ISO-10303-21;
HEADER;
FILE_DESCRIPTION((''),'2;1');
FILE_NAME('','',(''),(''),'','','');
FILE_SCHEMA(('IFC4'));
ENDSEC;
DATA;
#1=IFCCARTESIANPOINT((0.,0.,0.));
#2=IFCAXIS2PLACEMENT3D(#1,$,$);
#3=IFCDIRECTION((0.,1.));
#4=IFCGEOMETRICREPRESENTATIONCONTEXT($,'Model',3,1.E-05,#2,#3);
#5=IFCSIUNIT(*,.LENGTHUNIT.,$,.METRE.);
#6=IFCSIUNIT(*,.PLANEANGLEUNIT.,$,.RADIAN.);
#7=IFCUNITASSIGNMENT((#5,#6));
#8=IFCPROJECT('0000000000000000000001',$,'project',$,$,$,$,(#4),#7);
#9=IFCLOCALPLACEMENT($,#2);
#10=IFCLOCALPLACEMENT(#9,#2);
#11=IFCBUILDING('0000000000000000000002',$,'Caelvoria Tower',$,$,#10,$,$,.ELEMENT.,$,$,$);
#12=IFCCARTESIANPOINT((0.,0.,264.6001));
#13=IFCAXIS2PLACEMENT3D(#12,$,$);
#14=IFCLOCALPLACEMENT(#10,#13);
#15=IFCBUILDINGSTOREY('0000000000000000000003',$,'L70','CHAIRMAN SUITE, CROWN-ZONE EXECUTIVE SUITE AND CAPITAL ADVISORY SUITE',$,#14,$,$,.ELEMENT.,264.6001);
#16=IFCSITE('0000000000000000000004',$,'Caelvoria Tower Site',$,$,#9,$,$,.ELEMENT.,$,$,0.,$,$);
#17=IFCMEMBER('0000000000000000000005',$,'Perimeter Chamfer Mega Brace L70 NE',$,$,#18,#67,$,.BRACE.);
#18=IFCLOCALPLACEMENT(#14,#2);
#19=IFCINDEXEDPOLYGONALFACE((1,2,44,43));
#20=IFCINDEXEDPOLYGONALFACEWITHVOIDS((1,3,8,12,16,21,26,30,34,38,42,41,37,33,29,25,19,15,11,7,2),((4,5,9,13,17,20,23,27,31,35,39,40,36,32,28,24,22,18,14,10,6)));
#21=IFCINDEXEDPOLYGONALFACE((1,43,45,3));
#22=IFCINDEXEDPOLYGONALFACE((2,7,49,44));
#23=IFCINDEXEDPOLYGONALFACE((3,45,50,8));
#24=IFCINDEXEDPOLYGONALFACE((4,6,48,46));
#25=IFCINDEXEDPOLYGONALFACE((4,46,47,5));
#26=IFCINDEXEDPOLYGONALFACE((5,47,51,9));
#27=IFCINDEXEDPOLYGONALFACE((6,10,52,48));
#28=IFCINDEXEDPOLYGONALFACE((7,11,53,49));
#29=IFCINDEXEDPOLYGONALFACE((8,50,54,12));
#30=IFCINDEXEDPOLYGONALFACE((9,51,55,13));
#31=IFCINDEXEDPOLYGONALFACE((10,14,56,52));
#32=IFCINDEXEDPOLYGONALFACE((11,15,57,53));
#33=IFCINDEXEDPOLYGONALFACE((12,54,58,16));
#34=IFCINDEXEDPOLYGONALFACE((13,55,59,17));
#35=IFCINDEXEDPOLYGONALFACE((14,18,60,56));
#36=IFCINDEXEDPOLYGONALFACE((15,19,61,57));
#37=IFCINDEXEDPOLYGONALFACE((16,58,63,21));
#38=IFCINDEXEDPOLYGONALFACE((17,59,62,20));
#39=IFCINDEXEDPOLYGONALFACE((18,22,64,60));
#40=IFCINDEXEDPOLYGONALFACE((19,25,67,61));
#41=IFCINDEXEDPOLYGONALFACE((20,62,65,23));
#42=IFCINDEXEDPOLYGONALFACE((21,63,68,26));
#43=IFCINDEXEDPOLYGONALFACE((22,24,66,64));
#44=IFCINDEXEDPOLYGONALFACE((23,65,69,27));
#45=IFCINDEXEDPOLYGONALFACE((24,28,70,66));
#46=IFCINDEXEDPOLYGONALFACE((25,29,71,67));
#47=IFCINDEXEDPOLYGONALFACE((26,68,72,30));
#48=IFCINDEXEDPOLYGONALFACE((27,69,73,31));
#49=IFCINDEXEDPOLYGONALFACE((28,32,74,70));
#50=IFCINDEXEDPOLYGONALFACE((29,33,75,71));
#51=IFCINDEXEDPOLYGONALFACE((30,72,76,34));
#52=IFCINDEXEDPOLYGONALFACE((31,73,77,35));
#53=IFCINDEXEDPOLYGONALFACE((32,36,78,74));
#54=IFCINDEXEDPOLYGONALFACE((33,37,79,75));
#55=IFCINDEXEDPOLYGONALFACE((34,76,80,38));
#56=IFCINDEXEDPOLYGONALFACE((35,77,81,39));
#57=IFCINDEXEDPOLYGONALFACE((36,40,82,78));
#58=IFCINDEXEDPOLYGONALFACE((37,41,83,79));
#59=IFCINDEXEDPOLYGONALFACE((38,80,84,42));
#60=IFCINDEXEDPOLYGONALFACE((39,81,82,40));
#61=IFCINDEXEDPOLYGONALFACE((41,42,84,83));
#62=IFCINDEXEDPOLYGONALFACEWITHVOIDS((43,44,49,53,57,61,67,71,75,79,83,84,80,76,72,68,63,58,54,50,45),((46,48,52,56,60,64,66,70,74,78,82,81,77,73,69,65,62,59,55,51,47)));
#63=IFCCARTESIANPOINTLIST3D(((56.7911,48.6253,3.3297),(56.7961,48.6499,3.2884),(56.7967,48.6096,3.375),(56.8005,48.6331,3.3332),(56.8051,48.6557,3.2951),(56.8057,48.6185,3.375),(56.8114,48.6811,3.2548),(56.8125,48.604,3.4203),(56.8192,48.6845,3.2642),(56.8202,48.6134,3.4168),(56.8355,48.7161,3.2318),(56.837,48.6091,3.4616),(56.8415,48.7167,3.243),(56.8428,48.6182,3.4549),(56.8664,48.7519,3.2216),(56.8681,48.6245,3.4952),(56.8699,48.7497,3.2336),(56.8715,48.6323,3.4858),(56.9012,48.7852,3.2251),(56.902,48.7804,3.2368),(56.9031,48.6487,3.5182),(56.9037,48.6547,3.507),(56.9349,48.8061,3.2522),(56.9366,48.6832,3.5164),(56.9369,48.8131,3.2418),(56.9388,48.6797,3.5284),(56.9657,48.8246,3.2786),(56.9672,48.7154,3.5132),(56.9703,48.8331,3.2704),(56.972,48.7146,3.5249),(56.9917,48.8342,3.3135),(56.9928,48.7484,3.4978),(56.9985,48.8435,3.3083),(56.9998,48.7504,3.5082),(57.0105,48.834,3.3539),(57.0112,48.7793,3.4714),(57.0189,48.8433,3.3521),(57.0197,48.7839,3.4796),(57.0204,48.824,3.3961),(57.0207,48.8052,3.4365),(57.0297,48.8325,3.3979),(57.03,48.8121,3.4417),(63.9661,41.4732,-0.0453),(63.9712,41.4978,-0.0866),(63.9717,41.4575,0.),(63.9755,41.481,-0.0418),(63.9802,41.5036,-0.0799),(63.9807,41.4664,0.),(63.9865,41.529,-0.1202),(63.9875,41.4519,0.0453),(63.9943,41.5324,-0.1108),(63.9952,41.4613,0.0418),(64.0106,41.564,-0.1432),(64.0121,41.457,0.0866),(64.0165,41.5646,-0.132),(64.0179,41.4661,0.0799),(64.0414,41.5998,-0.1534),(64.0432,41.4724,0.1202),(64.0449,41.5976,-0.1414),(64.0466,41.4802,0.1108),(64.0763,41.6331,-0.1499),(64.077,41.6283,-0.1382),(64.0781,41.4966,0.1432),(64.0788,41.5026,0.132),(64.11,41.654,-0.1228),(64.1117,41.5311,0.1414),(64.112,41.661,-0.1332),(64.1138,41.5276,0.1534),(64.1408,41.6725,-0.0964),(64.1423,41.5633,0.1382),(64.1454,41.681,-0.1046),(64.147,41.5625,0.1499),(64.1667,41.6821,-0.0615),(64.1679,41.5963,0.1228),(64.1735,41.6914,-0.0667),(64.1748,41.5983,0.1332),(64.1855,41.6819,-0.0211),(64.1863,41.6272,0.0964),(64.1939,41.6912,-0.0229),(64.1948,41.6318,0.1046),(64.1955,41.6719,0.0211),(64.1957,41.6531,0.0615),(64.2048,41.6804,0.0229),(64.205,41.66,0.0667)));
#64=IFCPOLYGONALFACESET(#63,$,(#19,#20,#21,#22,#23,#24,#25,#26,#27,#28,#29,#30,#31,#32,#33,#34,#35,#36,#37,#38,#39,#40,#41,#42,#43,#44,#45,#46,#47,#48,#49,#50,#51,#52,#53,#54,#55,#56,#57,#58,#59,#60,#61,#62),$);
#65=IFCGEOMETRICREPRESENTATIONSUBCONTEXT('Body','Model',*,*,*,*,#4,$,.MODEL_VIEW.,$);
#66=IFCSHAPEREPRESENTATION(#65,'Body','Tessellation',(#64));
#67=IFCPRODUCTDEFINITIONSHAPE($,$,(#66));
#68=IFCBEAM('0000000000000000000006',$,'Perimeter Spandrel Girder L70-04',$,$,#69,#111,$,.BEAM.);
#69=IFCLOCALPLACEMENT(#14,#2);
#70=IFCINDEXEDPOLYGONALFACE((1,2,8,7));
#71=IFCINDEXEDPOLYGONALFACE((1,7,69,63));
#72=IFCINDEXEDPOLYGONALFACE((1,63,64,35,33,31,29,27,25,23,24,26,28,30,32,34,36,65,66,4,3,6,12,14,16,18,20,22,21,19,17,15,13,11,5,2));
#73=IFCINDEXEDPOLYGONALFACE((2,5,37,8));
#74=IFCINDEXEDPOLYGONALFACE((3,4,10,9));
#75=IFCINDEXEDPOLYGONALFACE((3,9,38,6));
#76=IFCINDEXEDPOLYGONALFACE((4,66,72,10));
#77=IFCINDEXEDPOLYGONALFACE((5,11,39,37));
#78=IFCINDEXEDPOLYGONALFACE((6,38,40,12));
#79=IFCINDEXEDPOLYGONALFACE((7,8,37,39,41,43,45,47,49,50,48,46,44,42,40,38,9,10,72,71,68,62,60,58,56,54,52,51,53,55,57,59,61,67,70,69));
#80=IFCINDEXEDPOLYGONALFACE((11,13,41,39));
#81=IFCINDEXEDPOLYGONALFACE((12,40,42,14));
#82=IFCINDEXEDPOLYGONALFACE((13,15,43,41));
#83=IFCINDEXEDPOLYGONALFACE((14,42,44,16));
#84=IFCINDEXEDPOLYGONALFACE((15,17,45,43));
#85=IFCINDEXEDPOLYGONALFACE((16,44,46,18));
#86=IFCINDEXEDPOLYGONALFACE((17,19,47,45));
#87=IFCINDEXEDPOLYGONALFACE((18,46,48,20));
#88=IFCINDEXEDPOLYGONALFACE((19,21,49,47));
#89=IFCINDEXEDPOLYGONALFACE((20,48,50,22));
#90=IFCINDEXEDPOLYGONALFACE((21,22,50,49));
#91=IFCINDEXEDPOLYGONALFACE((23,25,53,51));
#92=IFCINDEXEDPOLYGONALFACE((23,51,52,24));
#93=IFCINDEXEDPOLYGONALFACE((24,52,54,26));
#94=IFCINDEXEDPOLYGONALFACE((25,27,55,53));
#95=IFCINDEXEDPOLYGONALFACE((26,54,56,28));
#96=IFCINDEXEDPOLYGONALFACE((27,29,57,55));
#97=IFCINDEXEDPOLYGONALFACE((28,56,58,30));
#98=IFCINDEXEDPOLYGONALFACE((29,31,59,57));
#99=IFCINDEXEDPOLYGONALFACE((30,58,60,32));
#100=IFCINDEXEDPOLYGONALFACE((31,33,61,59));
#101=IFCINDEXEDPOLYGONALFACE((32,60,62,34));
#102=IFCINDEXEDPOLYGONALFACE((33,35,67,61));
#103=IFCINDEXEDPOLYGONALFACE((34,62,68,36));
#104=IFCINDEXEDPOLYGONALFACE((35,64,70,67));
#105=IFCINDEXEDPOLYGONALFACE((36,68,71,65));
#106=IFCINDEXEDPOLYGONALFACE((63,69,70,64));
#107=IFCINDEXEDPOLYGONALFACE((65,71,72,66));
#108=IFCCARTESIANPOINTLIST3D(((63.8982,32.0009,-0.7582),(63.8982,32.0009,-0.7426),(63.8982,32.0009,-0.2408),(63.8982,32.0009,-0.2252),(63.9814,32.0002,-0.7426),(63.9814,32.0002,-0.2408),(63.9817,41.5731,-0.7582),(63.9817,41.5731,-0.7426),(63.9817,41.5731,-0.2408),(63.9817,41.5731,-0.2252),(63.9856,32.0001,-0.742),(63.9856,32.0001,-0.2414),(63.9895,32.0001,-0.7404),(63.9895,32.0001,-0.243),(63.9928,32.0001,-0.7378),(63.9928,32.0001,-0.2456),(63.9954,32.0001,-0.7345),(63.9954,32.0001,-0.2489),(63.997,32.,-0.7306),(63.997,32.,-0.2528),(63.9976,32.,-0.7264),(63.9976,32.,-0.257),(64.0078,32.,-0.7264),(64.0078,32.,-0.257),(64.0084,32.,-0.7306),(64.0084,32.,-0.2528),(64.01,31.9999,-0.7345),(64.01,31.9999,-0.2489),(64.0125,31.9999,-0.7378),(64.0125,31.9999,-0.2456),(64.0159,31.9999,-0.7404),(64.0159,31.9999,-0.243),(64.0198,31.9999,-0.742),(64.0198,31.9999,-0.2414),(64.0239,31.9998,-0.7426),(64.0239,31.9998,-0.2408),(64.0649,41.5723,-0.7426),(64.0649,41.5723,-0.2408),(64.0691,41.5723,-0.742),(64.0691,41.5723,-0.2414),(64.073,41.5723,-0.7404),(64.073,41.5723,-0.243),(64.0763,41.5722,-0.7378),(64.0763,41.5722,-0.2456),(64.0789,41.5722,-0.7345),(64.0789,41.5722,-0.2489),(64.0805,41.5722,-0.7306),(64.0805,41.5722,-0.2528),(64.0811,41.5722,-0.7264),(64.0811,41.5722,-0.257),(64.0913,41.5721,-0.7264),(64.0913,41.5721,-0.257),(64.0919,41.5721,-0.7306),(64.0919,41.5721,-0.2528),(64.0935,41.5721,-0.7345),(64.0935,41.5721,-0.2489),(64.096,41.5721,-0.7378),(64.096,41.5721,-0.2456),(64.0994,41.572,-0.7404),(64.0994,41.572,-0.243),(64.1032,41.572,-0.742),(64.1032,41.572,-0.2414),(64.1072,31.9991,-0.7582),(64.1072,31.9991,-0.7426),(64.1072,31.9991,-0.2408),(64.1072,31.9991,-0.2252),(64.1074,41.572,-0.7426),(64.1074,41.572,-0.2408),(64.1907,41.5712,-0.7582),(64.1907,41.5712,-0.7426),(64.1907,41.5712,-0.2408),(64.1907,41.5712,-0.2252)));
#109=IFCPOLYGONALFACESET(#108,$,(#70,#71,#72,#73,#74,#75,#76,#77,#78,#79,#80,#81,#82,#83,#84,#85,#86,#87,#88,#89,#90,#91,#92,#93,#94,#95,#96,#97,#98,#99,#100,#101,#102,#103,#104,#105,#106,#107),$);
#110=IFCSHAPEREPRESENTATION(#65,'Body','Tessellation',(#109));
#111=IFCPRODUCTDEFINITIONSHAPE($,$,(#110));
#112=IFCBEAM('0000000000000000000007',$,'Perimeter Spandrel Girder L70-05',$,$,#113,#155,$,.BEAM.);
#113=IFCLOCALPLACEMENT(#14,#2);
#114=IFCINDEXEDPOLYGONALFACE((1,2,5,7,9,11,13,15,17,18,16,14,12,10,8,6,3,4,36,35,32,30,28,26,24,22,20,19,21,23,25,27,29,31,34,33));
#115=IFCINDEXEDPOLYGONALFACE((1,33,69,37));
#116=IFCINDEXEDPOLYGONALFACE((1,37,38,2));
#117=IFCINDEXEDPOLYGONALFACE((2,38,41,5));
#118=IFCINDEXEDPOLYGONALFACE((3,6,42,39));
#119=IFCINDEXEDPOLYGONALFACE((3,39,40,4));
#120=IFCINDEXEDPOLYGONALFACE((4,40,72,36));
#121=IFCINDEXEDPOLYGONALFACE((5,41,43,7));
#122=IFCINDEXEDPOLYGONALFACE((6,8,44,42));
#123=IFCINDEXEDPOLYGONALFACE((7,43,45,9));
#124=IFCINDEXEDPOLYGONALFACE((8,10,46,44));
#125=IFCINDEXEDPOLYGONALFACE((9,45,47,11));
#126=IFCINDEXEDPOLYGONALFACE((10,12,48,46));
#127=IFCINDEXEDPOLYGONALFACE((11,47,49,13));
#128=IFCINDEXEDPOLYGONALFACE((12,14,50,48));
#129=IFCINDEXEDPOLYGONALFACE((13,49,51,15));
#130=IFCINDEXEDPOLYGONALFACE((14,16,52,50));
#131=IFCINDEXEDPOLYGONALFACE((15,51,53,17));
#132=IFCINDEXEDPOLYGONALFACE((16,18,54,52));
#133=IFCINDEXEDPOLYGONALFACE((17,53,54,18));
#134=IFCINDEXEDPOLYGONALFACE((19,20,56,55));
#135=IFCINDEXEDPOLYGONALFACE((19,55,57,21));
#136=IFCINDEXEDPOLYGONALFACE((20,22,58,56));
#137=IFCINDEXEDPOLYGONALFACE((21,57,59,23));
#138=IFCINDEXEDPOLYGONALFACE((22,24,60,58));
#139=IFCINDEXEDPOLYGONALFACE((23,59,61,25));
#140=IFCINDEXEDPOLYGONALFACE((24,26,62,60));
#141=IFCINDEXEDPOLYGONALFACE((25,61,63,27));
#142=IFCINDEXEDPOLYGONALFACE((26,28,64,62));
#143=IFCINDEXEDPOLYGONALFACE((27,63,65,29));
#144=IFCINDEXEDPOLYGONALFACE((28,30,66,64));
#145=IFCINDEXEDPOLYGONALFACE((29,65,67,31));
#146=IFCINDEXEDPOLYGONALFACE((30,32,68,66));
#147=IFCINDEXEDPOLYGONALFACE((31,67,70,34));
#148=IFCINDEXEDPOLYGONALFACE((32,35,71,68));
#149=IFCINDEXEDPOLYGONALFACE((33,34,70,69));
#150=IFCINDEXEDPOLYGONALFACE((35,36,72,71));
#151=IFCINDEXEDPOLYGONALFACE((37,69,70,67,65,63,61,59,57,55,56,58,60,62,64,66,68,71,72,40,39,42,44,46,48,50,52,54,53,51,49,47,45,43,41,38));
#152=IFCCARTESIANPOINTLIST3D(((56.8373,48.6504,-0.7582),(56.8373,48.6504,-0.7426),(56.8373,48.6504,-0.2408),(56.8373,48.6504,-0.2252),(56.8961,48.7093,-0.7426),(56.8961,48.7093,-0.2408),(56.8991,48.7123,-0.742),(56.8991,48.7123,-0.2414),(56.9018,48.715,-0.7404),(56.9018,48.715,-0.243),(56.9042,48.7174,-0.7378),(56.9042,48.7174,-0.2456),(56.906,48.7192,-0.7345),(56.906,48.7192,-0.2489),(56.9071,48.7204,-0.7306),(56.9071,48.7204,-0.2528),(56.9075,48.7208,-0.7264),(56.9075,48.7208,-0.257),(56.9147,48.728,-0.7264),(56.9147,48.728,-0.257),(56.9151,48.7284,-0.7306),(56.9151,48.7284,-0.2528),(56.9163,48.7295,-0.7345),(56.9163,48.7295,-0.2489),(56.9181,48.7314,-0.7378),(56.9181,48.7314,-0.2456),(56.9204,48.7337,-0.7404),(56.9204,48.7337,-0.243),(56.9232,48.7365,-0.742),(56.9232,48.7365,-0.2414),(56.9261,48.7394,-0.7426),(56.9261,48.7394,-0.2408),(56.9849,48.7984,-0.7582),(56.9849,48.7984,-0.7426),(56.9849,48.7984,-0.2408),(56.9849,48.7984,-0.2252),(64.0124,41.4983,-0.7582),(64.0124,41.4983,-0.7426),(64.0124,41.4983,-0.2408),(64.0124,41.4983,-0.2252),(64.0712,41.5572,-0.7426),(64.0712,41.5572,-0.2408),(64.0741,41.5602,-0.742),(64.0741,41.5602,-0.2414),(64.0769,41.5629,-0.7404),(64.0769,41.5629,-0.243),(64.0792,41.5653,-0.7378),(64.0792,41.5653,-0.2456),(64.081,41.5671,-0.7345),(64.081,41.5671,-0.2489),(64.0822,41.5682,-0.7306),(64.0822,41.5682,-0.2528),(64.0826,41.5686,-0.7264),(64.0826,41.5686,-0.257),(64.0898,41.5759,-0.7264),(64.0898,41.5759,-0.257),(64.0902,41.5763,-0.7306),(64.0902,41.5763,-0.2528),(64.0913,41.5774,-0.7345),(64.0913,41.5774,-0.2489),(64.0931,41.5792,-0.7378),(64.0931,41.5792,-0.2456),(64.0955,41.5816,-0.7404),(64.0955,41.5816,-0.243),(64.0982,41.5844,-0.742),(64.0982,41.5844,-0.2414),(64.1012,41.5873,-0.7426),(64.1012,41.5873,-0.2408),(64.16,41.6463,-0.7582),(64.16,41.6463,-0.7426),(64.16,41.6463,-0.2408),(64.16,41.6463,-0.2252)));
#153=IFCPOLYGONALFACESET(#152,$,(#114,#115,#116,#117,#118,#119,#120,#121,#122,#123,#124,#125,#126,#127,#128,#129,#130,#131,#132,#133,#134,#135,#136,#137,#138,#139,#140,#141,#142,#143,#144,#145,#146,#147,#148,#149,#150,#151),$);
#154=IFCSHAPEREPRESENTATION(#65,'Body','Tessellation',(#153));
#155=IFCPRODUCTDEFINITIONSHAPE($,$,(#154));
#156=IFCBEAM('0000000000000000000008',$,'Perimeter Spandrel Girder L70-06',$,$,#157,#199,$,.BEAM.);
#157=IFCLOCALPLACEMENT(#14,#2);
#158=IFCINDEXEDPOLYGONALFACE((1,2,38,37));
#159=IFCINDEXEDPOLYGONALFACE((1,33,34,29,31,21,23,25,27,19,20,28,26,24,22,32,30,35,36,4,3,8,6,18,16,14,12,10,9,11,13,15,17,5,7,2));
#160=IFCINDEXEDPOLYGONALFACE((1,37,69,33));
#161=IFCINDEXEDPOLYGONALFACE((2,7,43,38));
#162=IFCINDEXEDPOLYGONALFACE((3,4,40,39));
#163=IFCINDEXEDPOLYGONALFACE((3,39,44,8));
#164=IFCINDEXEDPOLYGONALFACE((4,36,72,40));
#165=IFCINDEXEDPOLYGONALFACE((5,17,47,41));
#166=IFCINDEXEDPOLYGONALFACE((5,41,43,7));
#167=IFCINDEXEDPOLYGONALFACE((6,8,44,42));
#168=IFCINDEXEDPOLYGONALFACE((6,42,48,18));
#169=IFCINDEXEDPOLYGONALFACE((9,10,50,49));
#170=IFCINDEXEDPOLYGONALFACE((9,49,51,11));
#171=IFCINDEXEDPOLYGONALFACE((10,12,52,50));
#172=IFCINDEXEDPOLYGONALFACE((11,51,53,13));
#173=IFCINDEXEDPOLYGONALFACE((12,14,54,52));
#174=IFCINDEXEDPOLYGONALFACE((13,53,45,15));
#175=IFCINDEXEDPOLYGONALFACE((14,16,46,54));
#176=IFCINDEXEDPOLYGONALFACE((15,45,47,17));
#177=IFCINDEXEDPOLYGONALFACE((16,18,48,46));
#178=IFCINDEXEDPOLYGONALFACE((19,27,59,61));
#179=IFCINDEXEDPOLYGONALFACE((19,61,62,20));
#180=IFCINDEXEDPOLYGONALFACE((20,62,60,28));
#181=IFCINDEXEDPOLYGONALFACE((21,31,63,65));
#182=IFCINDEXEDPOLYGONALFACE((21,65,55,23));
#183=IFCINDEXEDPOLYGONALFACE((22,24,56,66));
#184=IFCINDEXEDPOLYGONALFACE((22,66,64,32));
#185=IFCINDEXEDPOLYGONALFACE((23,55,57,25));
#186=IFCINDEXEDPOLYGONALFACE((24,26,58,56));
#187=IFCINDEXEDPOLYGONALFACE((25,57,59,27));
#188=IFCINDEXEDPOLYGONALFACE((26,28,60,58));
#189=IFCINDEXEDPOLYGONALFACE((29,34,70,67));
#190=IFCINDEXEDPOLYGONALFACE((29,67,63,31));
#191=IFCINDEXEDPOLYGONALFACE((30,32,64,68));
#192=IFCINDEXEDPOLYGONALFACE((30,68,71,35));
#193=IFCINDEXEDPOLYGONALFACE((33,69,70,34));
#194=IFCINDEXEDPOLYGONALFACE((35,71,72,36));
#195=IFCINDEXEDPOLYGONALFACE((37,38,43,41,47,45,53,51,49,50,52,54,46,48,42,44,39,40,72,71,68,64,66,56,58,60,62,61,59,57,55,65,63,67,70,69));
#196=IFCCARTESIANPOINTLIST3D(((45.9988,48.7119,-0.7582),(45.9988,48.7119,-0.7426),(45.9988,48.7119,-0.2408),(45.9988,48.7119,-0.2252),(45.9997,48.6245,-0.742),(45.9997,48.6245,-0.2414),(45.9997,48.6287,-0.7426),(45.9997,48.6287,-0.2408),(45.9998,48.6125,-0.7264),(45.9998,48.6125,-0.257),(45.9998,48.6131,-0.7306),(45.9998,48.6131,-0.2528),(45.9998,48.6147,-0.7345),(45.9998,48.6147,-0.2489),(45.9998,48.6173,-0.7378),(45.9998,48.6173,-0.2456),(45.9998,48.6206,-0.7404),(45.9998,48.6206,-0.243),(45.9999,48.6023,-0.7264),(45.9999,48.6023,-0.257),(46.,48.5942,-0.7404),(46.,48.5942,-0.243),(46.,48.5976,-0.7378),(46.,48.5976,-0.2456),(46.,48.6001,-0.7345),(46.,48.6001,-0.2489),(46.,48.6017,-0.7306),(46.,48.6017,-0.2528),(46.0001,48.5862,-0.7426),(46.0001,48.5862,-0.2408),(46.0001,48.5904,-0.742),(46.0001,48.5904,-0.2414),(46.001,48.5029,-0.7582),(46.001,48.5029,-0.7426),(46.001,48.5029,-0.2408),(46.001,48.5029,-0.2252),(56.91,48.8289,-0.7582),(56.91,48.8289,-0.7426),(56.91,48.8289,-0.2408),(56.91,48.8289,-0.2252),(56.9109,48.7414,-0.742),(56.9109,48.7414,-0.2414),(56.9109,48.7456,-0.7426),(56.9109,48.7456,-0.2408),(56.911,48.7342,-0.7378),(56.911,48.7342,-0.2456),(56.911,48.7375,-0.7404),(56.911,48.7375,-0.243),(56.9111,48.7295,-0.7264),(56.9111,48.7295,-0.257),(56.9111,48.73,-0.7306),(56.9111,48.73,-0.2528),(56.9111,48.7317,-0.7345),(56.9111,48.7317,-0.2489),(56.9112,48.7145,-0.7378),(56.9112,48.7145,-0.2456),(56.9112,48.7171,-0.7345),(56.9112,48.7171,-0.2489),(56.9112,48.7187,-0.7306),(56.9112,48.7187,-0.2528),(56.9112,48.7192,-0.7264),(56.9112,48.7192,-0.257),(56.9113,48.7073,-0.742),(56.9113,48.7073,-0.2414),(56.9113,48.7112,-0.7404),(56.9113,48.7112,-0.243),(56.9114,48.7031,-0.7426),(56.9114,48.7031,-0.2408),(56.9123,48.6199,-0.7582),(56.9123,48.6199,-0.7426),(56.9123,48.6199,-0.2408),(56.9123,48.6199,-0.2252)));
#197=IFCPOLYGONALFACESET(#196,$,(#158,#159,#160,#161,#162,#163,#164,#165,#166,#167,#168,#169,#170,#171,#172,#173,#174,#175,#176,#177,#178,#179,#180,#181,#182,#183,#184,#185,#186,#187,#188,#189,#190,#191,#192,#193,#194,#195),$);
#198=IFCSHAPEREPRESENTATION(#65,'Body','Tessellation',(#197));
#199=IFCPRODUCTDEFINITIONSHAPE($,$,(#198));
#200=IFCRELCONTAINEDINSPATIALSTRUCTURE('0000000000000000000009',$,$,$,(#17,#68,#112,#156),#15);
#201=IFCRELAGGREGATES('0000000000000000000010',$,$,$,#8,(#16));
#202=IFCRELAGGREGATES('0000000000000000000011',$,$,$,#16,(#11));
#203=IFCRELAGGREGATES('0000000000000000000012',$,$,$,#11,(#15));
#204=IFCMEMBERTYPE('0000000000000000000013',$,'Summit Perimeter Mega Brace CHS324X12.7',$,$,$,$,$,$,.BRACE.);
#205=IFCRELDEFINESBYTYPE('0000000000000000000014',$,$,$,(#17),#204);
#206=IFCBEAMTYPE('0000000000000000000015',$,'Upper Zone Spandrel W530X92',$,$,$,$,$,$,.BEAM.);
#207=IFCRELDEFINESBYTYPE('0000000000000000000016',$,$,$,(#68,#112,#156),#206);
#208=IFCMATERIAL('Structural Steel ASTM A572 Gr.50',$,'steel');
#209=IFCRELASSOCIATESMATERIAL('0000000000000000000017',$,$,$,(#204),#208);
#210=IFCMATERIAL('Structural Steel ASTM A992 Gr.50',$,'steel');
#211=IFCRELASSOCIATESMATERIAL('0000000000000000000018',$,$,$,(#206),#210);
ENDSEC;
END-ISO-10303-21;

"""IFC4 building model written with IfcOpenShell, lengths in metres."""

from ifc_helpers import new_model, si_unit, direction, frame, origin, origin_2d, place, context, subcontext, project, spatial, hollow_circle, i_section, extrude, material, material_profile, profile_set, type_object, element, save


model = new_model("IFC4")

# Units and contexts
model_context = context("Model", 3, precision=1e-05, world=origin(), true_north=direction((0.0, 1.0)))
body_context = subcontext(model_context, "Body", "Model", "MODEL_VIEW")
ifc_project = project(units=[si_unit("LENGTHUNIT", "METRE"), si_unit("PLANEANGLEUNIT", "RADIAN")], contexts=[model_context])

# Site, building, storey
site_placement = place(None, origin())
site = spatial("IfcSite", under=ifc_project, at=site_placement, Name="Caelvoria Tower Site", CompositionType="ELEMENT", RefElevation=0.0)
building_placement = place(site_placement, origin())
building = spatial("IfcBuilding", under=site, at=building_placement, Name="Caelvoria Tower", CompositionType="ELEMENT")
storey_placement = place(building_placement, frame((0.0, 0.0, 264.6001)))
storey = spatial("IfcBuildingStorey", under=building, at=storey_placement, Name="L70", Description="CHAIRMAN SUITE, CROWN-ZONE EXECUTIVE SUITE AND CAPITAL ADVISORY SUITE", CompositionType="ELEMENT", Elevation=264.6001)

# Shared definitions
ifc_material_1 = material(Name="Structural Steel ASTM A572 Gr.50", Category="steel")

# Shared definitions
ifc_material_2 = material(Name="Structural Steel ASTM A992 Gr.50", Category="steel")

# Member
ifc_material_profile_1 = material_profile(ifc_material_1, hollow_circle(Radius=0.1621, WallThickness=0.0127, at=origin_2d()), Name="Structural Steel ASTM A572 Gr.50")
ifc_profile_set_1 = profile_set([ifc_material_profile_1], Name="CHS324X12.7 - Structural Steel ASTM A572 Gr.50")
member_type = type_object("IfcMemberType", Name="Summit Perimeter Mega Brace CHS324X12.7", PredefinedType="BRACE", material=ifc_profile_set_1)
member_placement = place(storey_placement, frame((64.0862, 41.5723, 0.0), z_axis=(-0.671933, 0.669784, 0.316064), x_axis=(-0.705973, -0.708239, 0.0)))
element("IfcMember", 1, at=member_placement, inside=storey, type_object=member_type, Name="Perimeter Chamfer Mega Brace L70 NE", PredefinedType="BRACE", context=body_context, shape_type="SweptSolid", body=[
    extrude(hollow_circle(Radius=0.1621, WallThickness=0.0127, at=origin_2d()), origin(), (0.0, 0.0, 1.0), 10.6782),
])

# Beams
ifc_material_profile_2 = material_profile(ifc_material_2, i_section(OverallWidth=0.209, OverallDepth=0.533, WebThickness=0.0103, FlangeThickness=0.0156, FilletRadius=0.0161, at=origin_2d()), Name="Structural Steel ASTM A992 Gr.50")
ifc_profile_set_2 = profile_set([ifc_material_profile_2], Name="W530X92 - Structural Steel ASTM A992 Gr.50")
beam_type_1 = type_object("IfcBeamType", Name="Upper Zone Spandrel W530X92", PredefinedType="BEAM", material=ifc_profile_set_2)
beam_1_placement = place(storey_placement, frame((64.0027, 32.0, -0.4917), z_axis=(0.008722, 0.999962, 0.0), x_axis=(-0.999962, 0.008722, 0.0)))
element("IfcBeam", 2, at=beam_1_placement, inside=storey, type_object=beam_type_1, Name="Perimeter Spandrel Girder L70-04", PredefinedType="BEAM", context=body_context, shape_type="SweptSolid", body=[
    extrude(i_section(OverallWidth=0.209, OverallDepth=0.533, WebThickness=0.0103, FlangeThickness=0.0156, FilletRadius=0.0161, at=origin_2d()), origin(), (0.0, 0.0, 1.0), 9.5725),
])
beam_2_placement = place(storey_placement, frame((64.0862, 41.5723, -0.4917), z_axis=(-0.708239, 0.705973, 0.0), x_axis=(-0.705973, -0.708239, 0.0)))
element("IfcBeam", 3, at=beam_2_placement, inside=storey, type_object=beam_type_1, Name="Perimeter Spandrel Girder L70-05", PredefinedType="BEAM", context=body_context, shape_type="SweptSolid", body=[
    extrude(i_section(OverallWidth=0.209, OverallDepth=0.533, WebThickness=0.0103, FlangeThickness=0.0156, FilletRadius=0.0161, at=origin_2d()), origin(), (0.0, 0.0, 1.0), 10.1309),
])
beam_3_placement = place(storey_placement, frame((56.9111, 48.7244, -0.4917), z_axis=(-0.999943, -0.010717, 0.0), x_axis=(0.010717, -0.999943, 0.0)))
element("IfcBeam", 4, at=beam_3_placement, inside=storey, type_object=beam_type_1, Name="Perimeter Spandrel Girder L70-06", PredefinedType="BEAM", context=body_context, shape_type="SweptSolid", body=[
    extrude(i_section(OverallWidth=0.209, OverallDepth=0.533, WebThickness=0.0103, FlangeThickness=0.0156, FilletRadius=0.0161, at=origin_2d()), origin(), (0.0, 0.0, 1.0), 10.9119),
])

save(model, "model.ifc")
